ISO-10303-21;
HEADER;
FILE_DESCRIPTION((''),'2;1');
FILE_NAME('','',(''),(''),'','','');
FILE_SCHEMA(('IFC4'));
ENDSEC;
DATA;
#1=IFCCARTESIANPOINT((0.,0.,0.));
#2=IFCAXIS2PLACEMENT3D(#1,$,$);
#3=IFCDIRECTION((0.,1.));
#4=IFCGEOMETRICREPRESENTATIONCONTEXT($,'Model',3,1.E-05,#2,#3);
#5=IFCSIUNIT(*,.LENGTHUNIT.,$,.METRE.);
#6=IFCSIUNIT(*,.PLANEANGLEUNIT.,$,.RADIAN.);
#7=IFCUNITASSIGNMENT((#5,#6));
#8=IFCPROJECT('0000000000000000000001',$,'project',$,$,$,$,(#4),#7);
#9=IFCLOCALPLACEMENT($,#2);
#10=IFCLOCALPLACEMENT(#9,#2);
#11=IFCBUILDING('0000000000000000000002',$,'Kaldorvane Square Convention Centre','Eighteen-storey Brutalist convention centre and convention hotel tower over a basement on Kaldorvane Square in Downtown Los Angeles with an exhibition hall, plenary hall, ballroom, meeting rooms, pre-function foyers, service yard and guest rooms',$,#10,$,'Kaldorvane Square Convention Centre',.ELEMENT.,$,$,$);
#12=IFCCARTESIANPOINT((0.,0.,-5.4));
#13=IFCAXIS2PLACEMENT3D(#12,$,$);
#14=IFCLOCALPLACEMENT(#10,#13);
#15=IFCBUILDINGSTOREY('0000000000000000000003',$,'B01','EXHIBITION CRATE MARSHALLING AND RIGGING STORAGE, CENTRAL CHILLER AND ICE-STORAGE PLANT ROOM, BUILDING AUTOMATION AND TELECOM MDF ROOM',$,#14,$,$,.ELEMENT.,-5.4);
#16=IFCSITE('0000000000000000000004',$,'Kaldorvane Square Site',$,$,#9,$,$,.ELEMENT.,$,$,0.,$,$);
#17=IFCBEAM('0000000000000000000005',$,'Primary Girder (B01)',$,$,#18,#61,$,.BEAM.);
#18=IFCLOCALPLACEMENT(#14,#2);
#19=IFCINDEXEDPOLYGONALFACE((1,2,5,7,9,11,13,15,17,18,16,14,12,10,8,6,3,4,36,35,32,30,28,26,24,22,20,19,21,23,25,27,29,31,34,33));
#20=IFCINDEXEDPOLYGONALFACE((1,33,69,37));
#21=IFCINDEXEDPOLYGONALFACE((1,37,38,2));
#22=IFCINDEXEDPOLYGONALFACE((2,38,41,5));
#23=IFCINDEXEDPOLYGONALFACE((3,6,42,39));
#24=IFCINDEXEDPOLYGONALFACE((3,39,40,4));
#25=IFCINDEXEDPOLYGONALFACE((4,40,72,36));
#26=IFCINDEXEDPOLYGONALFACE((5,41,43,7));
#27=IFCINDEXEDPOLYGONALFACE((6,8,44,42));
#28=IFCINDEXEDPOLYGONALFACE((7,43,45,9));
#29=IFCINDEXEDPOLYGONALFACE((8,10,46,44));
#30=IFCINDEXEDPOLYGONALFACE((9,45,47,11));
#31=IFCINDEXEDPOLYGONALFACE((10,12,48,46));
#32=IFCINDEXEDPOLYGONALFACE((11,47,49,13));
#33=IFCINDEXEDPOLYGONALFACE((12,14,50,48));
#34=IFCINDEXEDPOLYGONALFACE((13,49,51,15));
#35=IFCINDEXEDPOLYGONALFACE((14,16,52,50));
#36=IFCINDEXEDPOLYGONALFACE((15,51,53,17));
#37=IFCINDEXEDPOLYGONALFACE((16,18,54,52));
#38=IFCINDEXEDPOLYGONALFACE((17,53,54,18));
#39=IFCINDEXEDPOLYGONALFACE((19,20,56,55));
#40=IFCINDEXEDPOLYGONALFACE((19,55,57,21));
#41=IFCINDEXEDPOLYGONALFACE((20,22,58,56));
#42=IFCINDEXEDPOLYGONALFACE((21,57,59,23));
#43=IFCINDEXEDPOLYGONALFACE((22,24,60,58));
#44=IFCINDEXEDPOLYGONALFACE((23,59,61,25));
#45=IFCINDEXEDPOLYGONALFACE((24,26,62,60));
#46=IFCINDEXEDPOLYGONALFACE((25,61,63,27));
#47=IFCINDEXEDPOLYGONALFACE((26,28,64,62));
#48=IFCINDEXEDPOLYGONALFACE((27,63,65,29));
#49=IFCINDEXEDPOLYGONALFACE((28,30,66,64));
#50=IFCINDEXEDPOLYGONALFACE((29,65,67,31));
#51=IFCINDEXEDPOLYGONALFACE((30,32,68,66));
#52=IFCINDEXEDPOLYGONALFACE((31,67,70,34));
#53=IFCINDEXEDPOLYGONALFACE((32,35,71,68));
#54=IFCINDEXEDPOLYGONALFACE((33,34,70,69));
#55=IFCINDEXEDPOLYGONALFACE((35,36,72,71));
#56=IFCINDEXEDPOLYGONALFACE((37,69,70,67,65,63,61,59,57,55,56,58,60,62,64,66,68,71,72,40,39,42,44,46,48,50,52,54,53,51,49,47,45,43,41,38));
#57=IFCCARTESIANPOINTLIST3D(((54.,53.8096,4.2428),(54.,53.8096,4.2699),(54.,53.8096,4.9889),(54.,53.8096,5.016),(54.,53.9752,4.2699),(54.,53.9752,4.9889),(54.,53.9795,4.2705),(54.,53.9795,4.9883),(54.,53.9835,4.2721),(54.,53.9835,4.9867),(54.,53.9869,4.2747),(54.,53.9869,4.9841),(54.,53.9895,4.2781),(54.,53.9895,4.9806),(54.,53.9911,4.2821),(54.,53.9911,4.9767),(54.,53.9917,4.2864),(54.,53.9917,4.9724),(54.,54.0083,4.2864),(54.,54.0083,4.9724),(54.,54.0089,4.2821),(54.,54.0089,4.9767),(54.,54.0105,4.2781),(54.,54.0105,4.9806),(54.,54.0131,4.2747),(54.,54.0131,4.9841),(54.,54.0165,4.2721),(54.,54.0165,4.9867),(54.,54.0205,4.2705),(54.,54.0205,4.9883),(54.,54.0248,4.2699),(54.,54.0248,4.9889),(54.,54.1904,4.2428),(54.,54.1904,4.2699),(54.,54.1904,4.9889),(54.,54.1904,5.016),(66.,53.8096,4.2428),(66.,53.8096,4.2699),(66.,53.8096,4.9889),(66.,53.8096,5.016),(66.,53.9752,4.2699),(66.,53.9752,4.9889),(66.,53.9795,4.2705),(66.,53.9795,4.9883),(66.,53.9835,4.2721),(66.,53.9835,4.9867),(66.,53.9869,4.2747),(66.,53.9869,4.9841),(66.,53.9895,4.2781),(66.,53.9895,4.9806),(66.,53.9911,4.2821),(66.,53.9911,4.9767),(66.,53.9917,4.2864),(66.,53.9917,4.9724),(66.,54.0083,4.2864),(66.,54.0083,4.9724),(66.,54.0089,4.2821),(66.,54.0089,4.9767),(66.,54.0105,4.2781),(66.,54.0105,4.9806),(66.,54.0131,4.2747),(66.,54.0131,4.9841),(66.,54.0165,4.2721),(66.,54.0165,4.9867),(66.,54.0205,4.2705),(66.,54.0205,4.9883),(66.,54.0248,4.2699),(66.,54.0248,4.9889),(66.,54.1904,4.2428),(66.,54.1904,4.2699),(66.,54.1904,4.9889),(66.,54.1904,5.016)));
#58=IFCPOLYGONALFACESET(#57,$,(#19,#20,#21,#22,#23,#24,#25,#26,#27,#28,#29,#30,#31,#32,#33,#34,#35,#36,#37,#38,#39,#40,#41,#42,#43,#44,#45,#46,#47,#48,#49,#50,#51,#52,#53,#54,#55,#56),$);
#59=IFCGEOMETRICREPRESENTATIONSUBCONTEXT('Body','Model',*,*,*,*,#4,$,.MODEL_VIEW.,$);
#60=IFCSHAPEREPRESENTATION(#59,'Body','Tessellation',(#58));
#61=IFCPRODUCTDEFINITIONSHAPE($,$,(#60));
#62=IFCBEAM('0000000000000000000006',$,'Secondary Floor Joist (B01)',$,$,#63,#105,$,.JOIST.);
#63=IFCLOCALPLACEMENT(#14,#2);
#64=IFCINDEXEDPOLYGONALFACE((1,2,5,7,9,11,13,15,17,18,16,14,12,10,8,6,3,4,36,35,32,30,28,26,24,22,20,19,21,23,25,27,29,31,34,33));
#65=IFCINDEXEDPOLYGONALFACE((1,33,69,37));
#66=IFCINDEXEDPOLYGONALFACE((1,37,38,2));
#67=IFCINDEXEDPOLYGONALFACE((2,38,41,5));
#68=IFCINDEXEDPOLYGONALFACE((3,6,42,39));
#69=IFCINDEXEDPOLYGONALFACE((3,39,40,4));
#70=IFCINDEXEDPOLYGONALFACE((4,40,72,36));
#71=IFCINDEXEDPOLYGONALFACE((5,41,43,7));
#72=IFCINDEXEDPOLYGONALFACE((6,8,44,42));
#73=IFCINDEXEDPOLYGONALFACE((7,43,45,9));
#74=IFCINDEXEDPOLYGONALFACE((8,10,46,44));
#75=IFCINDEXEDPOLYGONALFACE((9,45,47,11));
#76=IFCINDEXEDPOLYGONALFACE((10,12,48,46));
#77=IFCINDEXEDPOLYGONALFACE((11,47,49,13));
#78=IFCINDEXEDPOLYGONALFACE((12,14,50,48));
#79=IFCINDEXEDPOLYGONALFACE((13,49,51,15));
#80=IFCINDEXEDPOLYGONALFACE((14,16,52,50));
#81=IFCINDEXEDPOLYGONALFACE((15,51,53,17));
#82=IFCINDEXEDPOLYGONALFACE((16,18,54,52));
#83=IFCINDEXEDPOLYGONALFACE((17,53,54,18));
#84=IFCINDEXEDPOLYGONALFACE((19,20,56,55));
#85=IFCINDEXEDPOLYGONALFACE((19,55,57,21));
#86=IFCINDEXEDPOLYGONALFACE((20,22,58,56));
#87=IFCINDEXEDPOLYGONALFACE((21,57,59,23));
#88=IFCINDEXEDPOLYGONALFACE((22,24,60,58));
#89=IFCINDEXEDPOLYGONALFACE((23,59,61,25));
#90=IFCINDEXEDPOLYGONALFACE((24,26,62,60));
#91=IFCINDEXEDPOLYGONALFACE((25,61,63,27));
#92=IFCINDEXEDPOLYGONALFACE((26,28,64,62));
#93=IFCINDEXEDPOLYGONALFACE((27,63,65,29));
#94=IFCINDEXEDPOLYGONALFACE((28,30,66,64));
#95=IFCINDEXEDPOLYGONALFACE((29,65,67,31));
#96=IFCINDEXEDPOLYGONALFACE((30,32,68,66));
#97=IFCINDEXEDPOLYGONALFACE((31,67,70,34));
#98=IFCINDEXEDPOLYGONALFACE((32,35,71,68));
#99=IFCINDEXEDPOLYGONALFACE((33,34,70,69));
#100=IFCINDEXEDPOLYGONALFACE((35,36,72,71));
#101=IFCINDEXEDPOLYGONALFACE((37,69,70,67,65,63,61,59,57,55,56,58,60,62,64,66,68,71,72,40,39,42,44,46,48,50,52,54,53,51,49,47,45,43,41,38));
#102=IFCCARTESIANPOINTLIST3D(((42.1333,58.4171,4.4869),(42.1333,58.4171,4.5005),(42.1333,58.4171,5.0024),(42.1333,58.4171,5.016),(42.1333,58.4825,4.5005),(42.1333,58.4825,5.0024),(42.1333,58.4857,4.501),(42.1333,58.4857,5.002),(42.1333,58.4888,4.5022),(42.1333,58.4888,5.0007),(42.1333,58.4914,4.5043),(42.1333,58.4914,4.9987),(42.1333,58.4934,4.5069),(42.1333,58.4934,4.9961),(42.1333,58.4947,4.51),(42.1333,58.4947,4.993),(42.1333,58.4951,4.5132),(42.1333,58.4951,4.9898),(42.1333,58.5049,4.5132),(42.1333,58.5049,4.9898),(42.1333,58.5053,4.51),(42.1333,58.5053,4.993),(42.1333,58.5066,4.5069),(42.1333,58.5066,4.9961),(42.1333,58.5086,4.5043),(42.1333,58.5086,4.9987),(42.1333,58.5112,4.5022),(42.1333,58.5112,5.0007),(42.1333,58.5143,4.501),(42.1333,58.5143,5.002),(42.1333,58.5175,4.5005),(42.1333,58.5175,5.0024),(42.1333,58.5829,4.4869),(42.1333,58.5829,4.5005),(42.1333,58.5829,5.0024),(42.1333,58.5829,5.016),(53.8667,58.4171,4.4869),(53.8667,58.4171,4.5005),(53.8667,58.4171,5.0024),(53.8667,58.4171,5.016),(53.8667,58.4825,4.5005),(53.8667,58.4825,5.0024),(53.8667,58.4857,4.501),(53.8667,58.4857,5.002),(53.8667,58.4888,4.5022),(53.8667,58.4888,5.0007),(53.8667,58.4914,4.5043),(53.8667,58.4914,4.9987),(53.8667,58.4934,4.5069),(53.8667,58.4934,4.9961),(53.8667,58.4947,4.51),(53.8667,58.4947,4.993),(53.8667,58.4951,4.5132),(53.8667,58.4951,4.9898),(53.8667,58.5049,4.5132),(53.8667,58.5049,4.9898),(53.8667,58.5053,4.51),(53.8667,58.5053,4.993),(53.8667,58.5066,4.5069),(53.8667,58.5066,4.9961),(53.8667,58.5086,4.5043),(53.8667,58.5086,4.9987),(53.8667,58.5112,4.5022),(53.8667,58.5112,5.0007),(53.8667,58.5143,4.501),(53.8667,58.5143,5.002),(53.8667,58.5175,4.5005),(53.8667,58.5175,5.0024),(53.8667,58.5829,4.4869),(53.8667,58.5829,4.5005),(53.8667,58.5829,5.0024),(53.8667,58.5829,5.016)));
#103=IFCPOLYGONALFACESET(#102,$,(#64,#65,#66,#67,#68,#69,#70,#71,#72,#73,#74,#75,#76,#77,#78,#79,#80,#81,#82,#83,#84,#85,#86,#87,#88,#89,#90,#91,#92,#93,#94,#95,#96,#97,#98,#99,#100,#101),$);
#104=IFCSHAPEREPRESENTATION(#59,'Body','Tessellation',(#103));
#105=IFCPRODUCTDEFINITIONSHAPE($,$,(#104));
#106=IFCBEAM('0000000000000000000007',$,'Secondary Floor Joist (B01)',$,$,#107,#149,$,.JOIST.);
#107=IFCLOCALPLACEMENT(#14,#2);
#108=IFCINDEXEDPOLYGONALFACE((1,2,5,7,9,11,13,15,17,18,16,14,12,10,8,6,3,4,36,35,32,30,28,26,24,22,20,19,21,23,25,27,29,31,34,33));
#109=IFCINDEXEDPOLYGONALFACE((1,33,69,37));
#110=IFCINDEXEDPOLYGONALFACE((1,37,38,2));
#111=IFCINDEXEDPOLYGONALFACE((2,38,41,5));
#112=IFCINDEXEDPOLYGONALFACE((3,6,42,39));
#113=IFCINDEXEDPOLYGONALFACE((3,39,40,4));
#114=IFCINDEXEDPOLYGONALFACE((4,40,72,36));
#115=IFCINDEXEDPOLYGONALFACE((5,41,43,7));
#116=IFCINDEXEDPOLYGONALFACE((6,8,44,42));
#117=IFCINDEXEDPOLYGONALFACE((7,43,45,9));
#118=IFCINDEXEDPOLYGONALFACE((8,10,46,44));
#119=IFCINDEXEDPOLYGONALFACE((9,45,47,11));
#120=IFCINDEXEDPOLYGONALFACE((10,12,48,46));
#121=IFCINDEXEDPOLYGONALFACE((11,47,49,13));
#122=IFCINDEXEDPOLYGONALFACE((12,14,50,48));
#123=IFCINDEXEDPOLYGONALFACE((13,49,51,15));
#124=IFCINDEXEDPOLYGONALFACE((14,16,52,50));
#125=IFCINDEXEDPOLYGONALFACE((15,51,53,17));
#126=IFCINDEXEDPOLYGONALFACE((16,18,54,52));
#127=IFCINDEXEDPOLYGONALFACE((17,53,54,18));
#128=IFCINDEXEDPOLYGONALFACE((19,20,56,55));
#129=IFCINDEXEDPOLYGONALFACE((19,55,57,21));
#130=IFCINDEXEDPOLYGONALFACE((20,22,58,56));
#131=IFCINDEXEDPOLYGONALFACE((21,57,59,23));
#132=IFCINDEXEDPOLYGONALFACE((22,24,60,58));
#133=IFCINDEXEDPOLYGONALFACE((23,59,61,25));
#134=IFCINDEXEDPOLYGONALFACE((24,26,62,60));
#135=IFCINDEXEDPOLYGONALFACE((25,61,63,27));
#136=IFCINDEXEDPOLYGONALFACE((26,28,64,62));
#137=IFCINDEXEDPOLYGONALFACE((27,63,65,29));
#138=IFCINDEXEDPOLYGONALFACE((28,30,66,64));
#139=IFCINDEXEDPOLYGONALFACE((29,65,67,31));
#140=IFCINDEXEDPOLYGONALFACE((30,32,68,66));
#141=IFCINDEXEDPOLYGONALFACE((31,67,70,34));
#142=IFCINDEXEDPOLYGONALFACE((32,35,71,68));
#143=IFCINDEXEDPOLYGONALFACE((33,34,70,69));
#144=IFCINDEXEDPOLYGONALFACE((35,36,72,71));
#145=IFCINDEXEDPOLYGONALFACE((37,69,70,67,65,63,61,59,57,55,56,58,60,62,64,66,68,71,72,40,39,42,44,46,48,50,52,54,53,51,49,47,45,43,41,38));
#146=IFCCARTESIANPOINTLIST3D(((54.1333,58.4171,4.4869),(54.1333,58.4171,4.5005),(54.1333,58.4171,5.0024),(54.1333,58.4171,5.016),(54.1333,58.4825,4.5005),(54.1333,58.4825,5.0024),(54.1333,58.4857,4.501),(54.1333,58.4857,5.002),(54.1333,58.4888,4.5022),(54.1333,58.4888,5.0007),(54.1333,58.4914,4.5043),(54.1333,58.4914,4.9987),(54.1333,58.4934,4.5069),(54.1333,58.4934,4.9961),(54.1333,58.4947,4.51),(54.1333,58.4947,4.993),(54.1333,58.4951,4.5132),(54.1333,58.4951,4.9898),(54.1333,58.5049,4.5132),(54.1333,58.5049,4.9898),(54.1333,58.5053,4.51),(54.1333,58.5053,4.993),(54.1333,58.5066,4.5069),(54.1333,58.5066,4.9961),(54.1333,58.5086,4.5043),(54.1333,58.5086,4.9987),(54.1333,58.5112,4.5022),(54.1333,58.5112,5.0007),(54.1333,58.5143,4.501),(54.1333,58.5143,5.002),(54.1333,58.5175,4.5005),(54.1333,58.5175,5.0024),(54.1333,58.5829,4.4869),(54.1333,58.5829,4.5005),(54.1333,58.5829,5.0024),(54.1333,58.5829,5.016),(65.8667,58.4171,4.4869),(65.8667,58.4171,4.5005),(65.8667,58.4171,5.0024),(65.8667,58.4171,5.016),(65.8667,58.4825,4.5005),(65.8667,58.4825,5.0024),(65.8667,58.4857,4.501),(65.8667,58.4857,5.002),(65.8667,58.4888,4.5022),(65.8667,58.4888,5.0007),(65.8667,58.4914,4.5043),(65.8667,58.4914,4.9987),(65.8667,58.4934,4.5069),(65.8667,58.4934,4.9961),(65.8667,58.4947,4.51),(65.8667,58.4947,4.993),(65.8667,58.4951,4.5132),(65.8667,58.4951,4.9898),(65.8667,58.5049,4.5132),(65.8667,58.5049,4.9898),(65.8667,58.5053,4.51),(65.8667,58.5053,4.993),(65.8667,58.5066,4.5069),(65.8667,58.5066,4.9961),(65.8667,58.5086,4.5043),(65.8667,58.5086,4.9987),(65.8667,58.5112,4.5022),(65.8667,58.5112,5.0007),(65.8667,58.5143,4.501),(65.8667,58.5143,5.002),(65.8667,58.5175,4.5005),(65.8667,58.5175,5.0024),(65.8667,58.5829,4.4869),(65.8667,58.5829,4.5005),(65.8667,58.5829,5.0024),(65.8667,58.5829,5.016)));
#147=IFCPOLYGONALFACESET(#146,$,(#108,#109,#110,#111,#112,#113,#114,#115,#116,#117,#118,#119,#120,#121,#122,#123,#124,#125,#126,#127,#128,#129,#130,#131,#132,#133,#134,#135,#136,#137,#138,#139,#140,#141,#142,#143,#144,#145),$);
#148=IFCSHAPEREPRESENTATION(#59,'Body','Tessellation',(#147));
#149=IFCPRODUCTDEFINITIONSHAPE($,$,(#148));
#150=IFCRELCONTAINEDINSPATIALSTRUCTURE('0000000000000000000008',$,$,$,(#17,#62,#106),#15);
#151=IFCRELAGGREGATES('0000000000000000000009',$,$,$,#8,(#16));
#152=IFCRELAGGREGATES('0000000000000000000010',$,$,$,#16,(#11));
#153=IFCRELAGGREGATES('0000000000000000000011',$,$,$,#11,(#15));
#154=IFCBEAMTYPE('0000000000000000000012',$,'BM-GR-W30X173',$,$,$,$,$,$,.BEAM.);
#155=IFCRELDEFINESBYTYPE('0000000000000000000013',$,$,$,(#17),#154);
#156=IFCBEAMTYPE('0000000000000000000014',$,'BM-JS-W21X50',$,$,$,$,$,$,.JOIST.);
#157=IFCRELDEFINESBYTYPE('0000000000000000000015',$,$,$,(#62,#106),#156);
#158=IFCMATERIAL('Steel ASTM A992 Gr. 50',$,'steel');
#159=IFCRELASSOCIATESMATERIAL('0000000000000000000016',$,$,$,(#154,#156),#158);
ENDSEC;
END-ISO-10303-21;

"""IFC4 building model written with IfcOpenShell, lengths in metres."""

from ifc_helpers import new_model, si_unit, direction, frame, origin, origin_2d, place, context, subcontext, project, spatial, i_section, extrude, material, material_profile, profile_set, type_object, element, save


model = new_model("IFC4")

# Units and contexts
model_context = context("Model", 3, precision=1e-05, world=origin(), true_north=direction((0.0, 1.0)))
body_context = subcontext(model_context, "Body", "Model", "MODEL_VIEW")
ifc_project = project(units=[si_unit("LENGTHUNIT", "METRE"), si_unit("PLANEANGLEUNIT", "RADIAN")], contexts=[model_context])

# Site, building, storey
site_placement = place(None, origin())
site = spatial("IfcSite", under=ifc_project, at=site_placement, Name="Kaldorvane Square Site", CompositionType="ELEMENT", RefElevation=0.0)
building_placement = place(site_placement, origin())
building = spatial("IfcBuilding", under=site, at=building_placement, Name="Kaldorvane Square Convention Centre", Description="Eighteen-storey Brutalist convention centre and convention hotel tower over a basement on Kaldorvane Square in Downtown Los Angeles with an exhibition hall, plenary hall, ballroom, meeting rooms, pre-function foyers, service yard and guest rooms", LongName="Kaldorvane Square Convention Centre", CompositionType="ELEMENT")
storey_placement = place(building_placement, frame((0.0, 0.0, -5.4)))
storey = spatial("IfcBuildingStorey", under=building, at=storey_placement, Name="B01", Description="EXHIBITION CRATE MARSHALLING AND RIGGING STORAGE, CENTRAL CHILLER AND ICE-STORAGE PLANT ROOM, BUILDING AUTOMATION AND TELECOM MDF ROOM", CompositionType="ELEMENT", Elevation=-5.4)

# Shared definitions
ifc_material_1 = material(Name="Steel ASTM A992 Gr. 50", Category="steel")

# Beams
ifc_material_profile_1 = material_profile(ifc_material_1, i_section(OverallWidth=0.3807, OverallDepth=0.7732, WebThickness=0.0166, FlangeThickness=0.0271, FilletRadius=0.0165, at=origin_2d()), Name="W30X173")
ifc_profile_set_1 = profile_set([ifc_material_profile_1], Name="Steel ASTM A992 Gr. 50")
beam_type_1 = type_object("IfcBeamType", Name="BM-GR-W30X173", PredefinedType="BEAM", material=ifc_profile_set_1)
for number, where, z_axis, x_axis, name in (
    (1, (54.0, 54.0, 4.6294), (1.0, 0.0, 0.0), (0.0, 1.0, 0.0), "Primary Girder (B01)"),
):
    element("IfcBeam", number, at=place(storey_placement, frame(where, z_axis=z_axis, x_axis=x_axis)), inside=storey, type_object=beam_type_1, Name=name, PredefinedType="BEAM", context=body_context, shape_type="SweptSolid", body=[
        extrude(i_section(OverallWidth=0.3807, OverallDepth=0.7732, WebThickness=0.0166, FlangeThickness=0.0271, FilletRadius=0.0165, at=origin_2d()), origin(), (0.0, 0.0, 1.0), 12.0),
    ])
ifc_material_profile_2 = material_profile(ifc_material_1, i_section(OverallWidth=0.1659, OverallDepth=0.5291, WebThickness=0.0097, FlangeThickness=0.0136, FilletRadius=0.0127, at=origin_2d()), Name="W21X50")
ifc_profile_set_2 = profile_set([ifc_material_profile_2], Name="Steel ASTM A992 Gr. 50")
beam_type_2 = type_object("IfcBeamType", Name="BM-JS-W21X50", PredefinedType="JOIST", material=ifc_profile_set_2)
for number, where, z_axis, x_axis, name in (
    (2, (42.1333, 58.5, 4.7515), (1.0, 0.0, 0.0), (0.0, 1.0, 0.0), "Secondary Floor Joist (B01)"),
    (3, (54.1333, 58.5, 4.7515), (1.0, 0.0, 0.0), (0.0, 1.0, 0.0), "Secondary Floor Joist (B01)"),
):
    element("IfcBeam", number, at=place(storey_placement, frame(where, z_axis=z_axis, x_axis=x_axis)), inside=storey, type_object=beam_type_2, Name=name, PredefinedType="JOIST", context=body_context, shape_type="SweptSolid", body=[
        extrude(i_section(OverallWidth=0.1659, OverallDepth=0.5291, WebThickness=0.0097, FlangeThickness=0.0136, FilletRadius=0.0127, at=origin_2d()), origin(), (0.0, 0.0, 1.0), 11.7334),
    ])

save(model, "model.ifc")
